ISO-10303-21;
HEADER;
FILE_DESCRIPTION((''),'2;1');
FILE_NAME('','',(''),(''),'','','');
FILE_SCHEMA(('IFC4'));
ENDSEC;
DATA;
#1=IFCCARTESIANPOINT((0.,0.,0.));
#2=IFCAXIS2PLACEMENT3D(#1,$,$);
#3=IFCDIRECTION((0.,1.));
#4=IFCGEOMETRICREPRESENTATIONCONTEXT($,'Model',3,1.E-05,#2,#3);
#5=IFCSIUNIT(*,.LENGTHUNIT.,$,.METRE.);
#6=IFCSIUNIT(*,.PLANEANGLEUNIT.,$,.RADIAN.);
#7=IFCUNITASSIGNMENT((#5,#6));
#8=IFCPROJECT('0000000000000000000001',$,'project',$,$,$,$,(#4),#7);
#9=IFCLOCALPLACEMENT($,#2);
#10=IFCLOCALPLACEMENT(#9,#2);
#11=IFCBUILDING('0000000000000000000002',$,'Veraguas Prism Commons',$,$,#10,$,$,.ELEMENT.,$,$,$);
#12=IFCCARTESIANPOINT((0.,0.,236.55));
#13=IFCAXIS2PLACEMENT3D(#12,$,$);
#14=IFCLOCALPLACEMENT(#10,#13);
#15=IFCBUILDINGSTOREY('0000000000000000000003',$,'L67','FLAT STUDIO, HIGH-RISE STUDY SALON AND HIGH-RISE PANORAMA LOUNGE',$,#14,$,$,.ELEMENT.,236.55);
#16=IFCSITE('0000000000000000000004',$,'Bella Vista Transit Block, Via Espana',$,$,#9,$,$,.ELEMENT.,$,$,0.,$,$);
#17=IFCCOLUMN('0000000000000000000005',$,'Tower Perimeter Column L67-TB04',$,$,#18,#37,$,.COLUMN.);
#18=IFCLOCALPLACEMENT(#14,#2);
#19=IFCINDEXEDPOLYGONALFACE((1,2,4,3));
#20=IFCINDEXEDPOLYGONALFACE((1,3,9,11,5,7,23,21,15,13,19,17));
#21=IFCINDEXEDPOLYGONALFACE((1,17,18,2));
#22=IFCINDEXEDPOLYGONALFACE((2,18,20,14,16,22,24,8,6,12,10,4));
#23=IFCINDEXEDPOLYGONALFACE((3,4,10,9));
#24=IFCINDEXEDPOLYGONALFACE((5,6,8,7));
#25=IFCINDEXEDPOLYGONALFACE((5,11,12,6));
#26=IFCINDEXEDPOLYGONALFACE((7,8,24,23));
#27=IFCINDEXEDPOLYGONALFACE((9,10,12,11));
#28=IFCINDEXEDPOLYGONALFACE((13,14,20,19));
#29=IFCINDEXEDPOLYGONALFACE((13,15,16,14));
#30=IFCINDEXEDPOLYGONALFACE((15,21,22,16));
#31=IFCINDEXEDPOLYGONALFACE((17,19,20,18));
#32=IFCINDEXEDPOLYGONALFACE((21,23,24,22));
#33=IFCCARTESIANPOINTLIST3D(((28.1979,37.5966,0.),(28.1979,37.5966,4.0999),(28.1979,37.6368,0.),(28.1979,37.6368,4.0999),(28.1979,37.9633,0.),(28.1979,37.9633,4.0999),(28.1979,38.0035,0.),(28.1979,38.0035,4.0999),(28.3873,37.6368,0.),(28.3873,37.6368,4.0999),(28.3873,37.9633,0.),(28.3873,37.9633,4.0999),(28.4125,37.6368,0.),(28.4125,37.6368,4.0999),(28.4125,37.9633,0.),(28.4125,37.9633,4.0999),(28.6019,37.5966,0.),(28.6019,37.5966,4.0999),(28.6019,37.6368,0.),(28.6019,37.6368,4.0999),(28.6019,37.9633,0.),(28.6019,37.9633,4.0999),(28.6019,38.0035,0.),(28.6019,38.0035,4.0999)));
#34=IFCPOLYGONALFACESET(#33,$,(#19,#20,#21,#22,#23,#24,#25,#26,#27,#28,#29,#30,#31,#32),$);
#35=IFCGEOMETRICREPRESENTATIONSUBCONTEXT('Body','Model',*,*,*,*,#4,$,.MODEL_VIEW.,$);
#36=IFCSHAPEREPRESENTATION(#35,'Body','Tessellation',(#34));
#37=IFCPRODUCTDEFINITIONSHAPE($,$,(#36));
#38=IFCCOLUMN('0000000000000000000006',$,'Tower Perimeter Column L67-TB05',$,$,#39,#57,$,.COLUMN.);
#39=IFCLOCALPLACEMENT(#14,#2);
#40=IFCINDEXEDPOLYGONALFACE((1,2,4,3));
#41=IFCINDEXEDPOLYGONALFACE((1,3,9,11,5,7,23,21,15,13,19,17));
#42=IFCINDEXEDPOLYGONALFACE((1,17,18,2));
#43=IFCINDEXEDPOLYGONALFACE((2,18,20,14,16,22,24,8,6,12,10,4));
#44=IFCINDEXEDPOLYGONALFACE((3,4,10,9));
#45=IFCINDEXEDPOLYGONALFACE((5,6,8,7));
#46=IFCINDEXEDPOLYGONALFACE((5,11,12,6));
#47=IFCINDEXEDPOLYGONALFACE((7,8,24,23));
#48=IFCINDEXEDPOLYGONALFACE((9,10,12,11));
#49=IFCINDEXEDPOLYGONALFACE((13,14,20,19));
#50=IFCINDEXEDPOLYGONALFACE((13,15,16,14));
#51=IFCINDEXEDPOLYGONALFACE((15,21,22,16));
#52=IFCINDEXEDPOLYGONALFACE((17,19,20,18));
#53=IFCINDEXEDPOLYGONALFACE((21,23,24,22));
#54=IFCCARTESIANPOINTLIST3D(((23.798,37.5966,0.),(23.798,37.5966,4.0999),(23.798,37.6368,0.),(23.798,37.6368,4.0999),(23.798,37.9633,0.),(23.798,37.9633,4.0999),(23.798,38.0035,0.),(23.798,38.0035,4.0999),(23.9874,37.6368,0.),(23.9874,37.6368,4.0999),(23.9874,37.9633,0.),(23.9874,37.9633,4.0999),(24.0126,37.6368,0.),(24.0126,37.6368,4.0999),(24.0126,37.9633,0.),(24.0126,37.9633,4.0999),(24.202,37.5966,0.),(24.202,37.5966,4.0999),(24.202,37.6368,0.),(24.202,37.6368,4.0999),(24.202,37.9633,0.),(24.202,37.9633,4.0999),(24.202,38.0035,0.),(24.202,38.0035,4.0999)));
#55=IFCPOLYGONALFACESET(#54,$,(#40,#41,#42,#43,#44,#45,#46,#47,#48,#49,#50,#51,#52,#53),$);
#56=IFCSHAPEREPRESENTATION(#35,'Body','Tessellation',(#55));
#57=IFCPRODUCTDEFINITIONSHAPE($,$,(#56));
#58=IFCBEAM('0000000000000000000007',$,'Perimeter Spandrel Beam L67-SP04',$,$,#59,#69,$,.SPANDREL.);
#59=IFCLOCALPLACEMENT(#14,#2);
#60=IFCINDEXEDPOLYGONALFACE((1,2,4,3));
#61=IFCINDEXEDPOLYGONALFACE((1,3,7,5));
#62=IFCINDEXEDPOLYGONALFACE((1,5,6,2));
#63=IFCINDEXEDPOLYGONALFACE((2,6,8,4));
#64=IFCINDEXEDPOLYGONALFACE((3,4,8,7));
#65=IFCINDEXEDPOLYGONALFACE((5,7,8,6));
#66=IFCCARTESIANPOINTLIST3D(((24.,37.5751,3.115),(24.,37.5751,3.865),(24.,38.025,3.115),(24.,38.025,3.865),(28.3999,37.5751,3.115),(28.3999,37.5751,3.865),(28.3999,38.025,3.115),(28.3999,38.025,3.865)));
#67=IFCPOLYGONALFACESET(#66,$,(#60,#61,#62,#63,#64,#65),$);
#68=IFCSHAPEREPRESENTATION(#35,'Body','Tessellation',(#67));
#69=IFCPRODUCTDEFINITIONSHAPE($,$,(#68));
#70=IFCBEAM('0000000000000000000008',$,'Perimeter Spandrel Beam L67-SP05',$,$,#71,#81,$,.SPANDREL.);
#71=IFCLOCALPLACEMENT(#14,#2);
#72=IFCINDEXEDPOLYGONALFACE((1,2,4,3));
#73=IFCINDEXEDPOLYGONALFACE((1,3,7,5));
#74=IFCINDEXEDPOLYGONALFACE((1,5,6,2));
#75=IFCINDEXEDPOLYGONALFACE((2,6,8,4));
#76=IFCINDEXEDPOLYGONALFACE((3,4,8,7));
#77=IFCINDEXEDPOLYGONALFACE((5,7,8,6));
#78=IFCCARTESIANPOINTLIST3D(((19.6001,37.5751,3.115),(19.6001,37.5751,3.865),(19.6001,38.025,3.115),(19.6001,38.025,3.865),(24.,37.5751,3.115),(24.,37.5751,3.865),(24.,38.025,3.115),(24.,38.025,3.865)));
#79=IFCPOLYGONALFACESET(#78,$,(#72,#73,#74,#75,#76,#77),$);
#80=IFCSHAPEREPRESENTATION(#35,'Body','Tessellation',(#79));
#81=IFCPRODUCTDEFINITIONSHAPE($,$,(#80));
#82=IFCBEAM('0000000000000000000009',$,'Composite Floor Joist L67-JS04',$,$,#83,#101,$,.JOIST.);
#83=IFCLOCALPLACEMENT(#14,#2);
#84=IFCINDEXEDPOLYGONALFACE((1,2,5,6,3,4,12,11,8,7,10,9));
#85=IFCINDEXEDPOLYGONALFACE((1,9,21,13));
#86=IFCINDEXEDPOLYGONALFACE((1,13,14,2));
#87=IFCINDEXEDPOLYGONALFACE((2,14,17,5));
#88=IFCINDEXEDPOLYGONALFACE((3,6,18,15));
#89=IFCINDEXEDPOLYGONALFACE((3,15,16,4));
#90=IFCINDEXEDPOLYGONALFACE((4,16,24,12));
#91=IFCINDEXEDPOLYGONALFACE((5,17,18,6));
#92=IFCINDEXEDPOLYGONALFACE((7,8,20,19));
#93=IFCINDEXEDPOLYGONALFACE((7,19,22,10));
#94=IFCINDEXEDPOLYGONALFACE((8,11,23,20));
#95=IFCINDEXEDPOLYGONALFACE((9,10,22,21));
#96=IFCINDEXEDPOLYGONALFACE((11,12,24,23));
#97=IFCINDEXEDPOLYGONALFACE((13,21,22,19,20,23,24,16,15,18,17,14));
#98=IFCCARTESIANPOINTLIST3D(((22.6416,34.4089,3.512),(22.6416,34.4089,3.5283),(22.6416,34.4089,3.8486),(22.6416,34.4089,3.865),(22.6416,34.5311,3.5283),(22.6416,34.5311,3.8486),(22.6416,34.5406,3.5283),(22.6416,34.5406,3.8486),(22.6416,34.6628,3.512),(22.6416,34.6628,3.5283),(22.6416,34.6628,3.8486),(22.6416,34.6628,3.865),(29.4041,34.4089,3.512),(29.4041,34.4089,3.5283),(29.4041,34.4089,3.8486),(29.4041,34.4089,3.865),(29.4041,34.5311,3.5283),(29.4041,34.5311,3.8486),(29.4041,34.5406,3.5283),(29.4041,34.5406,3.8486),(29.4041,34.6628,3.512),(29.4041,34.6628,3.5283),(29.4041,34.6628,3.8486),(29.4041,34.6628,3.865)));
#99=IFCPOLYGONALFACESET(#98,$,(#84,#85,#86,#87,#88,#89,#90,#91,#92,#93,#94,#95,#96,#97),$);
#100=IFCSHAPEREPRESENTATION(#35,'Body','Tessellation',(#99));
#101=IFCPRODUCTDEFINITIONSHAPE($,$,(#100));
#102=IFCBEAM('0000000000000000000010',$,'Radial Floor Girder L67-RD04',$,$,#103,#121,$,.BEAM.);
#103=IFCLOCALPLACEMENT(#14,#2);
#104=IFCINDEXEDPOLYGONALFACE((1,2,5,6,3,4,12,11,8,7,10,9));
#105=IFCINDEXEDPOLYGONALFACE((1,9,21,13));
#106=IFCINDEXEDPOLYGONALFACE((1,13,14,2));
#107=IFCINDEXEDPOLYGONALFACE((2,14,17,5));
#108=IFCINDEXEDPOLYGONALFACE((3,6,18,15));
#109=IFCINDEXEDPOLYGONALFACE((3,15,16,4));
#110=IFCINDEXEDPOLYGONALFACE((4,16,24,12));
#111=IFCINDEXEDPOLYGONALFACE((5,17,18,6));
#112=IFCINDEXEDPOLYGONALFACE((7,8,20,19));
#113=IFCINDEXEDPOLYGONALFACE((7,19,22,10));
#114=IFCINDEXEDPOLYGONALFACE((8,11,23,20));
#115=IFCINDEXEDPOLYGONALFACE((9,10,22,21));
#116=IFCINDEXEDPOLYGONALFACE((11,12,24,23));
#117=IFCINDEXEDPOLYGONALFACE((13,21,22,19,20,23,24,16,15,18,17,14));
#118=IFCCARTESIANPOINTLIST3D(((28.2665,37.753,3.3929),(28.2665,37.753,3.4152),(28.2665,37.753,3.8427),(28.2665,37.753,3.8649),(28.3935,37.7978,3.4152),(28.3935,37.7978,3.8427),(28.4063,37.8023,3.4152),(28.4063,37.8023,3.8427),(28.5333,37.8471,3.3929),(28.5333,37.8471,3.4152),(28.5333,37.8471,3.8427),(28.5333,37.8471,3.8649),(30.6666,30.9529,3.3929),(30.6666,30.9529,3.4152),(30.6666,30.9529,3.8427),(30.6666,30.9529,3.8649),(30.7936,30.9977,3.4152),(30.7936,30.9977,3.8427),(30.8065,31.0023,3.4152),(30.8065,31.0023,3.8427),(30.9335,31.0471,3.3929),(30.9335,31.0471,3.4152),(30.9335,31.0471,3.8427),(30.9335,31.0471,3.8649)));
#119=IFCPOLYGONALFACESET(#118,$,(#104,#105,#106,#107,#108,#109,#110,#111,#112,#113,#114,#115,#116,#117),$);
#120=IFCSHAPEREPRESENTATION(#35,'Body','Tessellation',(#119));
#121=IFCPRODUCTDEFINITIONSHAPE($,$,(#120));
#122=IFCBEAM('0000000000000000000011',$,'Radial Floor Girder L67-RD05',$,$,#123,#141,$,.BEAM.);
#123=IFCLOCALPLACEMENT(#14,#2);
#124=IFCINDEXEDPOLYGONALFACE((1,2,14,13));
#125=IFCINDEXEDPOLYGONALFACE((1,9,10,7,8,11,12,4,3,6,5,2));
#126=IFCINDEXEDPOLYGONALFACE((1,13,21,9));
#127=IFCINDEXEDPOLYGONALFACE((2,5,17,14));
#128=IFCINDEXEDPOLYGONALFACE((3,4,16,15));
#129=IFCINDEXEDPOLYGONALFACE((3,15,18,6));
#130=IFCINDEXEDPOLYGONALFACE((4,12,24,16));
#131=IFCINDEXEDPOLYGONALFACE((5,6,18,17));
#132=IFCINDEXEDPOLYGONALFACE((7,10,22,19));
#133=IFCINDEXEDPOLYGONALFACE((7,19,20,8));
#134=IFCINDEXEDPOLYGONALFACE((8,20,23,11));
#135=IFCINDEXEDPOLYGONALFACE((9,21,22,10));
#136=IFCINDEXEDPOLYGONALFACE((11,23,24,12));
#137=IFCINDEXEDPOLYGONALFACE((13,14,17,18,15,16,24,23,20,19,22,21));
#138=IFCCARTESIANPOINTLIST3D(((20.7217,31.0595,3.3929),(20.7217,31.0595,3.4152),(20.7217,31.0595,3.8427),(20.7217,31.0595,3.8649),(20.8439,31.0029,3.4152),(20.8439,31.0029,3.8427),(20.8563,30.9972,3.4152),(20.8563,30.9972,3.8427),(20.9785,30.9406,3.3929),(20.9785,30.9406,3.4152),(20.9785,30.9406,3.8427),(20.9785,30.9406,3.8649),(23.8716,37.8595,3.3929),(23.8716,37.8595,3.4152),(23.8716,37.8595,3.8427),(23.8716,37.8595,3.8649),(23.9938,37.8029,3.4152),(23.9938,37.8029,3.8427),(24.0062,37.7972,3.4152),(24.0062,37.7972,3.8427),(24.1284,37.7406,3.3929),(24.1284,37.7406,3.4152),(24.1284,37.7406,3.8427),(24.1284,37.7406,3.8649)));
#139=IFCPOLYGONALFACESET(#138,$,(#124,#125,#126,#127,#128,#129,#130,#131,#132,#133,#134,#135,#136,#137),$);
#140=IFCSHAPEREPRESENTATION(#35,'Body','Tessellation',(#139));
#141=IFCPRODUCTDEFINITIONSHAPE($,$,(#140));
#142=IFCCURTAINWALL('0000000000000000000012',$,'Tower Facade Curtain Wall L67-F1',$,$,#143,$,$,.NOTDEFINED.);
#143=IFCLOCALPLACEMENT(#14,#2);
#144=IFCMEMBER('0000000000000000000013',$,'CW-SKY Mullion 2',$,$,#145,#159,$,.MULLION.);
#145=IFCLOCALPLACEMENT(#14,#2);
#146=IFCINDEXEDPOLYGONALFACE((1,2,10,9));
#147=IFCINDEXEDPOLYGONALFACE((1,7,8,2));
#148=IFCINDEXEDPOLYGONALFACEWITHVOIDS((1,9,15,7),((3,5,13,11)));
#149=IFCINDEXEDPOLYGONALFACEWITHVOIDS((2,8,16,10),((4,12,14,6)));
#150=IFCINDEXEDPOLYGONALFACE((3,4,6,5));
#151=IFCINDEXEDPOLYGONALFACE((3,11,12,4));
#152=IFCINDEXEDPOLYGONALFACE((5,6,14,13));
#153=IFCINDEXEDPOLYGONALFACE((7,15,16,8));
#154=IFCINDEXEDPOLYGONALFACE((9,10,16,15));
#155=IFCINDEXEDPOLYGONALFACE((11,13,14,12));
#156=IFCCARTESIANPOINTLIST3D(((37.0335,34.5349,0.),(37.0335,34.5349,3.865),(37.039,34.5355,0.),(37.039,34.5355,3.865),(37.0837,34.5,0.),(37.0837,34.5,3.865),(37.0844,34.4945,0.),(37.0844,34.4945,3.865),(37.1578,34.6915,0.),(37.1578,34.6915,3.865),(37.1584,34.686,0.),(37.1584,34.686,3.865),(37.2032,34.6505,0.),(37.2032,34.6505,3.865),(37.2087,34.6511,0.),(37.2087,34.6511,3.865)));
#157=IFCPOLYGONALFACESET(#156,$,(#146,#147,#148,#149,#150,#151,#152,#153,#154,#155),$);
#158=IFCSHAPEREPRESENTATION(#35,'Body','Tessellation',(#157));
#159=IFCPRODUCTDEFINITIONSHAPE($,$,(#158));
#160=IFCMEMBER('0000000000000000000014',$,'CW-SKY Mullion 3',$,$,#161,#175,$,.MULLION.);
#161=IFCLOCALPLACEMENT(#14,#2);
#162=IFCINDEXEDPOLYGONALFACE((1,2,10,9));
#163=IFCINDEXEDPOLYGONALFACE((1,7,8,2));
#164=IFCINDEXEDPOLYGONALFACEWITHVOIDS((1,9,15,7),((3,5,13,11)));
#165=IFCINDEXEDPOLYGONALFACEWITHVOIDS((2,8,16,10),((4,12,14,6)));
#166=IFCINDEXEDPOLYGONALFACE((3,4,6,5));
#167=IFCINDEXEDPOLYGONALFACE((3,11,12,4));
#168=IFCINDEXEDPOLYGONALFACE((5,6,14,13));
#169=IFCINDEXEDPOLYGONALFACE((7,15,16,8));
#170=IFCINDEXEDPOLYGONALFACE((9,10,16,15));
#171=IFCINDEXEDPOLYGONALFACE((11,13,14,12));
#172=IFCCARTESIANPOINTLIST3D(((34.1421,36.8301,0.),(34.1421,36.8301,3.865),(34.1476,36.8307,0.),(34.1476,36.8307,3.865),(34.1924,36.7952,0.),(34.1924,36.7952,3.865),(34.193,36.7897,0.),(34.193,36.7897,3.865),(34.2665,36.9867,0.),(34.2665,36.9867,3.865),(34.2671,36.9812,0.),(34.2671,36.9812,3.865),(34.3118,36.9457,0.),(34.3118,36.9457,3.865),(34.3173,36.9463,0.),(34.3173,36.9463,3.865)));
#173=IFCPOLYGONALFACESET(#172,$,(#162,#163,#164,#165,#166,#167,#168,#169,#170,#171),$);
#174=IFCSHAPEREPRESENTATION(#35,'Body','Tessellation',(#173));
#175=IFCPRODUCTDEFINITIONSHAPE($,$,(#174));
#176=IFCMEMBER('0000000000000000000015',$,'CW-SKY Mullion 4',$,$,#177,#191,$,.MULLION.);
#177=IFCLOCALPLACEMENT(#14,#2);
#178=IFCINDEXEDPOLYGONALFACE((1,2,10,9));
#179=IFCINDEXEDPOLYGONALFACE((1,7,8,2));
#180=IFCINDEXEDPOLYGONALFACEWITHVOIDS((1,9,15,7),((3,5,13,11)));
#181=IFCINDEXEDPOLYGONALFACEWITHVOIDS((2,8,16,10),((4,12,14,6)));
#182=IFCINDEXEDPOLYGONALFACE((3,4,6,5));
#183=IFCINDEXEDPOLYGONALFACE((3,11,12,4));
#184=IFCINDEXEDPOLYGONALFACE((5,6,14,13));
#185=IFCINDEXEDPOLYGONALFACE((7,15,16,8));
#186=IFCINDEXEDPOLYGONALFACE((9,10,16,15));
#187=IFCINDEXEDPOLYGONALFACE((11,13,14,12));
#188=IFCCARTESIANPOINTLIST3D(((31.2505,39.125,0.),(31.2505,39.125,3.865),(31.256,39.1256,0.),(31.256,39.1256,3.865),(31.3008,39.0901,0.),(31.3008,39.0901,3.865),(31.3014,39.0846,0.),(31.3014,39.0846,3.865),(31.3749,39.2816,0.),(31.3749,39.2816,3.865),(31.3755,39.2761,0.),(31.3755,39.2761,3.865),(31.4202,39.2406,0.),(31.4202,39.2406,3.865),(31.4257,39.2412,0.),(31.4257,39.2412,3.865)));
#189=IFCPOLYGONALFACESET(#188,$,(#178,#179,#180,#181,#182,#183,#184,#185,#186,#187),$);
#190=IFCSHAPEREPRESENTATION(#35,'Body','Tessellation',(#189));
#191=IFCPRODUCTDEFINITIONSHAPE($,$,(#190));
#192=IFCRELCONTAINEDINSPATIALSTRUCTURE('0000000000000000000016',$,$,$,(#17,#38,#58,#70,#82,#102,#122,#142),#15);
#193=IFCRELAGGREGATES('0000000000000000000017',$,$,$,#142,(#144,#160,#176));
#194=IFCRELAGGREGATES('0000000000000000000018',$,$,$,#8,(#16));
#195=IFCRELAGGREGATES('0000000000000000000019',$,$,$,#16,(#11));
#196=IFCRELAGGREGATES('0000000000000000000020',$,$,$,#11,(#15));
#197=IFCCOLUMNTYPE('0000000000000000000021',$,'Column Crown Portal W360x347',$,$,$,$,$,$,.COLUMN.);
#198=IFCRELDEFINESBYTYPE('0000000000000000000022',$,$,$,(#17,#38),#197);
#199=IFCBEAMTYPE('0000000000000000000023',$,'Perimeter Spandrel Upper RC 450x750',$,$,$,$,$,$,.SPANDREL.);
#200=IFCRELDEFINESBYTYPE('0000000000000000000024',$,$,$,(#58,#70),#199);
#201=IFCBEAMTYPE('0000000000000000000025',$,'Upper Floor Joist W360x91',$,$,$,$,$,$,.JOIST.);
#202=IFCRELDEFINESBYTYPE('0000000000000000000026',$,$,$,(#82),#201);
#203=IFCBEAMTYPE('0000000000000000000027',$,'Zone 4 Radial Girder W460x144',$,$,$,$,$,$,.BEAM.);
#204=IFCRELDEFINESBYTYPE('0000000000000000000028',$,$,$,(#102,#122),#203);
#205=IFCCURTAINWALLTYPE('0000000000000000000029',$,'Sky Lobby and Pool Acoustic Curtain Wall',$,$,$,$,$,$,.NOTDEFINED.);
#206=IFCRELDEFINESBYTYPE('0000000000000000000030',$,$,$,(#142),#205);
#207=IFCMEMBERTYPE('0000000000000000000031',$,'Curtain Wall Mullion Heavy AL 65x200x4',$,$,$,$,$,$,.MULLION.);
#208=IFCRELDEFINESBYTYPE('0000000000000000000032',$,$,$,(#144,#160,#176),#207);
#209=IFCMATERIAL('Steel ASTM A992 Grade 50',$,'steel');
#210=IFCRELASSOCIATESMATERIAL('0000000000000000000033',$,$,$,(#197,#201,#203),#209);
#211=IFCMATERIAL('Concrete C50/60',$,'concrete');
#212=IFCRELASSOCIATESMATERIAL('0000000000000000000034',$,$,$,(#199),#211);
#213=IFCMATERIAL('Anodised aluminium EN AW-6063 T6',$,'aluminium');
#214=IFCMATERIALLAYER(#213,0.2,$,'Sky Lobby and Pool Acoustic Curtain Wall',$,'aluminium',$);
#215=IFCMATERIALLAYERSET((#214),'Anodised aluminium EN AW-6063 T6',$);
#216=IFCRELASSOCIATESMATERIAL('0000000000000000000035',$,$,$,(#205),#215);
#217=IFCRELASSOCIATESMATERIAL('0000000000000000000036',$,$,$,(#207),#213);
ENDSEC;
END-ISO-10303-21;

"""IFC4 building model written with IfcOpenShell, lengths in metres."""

from ifc_helpers import new_model, si_unit, direction, frame, origin, origin_2d, place, context, subcontext, project, spatial, rectangle, hollow_rectangle, i_section, extrude, source, transform, mapped, material, layer, layer_set, material_profile, profile_set, type_object, element, aggregate, save


model = new_model("IFC4")

# Units and contexts
model_context = context("Model", 3, precision=1e-05, world=origin(), true_north=direction((0.0, 1.0)))
body_context = subcontext(model_context, "Body", "Model", "MODEL_VIEW")
ifc_project = project(units=[si_unit("LENGTHUNIT", "METRE"), si_unit("PLANEANGLEUNIT", "RADIAN")], contexts=[model_context])

# Site, building, storey
site_placement = place(None, origin())
site = spatial("IfcSite", under=ifc_project, at=site_placement, Name="Bella Vista Transit Block, Via Espana", CompositionType="ELEMENT", RefElevation=0.0)
building_placement = place(site_placement, origin())
building = spatial("IfcBuilding", under=site, at=building_placement, Name="Veraguas Prism Commons", CompositionType="ELEMENT")
storey_placement = place(building_placement, frame((0.0, 0.0, 236.55)))
storey = spatial("IfcBuildingStorey", under=building, at=storey_placement, Name="L67", Description="FLAT STUDIO, HIGH-RISE STUDY SALON AND HIGH-RISE PANORAMA LOUNGE", CompositionType="ELEMENT", Elevation=236.55)

# Columns
ifc_material_1 = material(Name="Steel ASTM A992 Grade 50", Category="steel")
ifc_material_profile_1 = material_profile(ifc_material_1, i_section(OverallWidth=0.4041, OverallDepth=0.407, WebThickness=0.0251, FlangeThickness=0.0403, at=origin_2d()), Name="W360X347")
ifc_profile_set_1 = profile_set([ifc_material_profile_1], Name="Steel ASTM A992 Grade 50")
column_type = type_object("IfcColumnType", Name="Column Crown Portal W360x347", PredefinedType="COLUMN", material=ifc_profile_set_1)
for number, where, z_axis, x_axis, name in (
    (1, (28.3999, 37.8, 0.0), (0.0, 0.0, 1.0), (1.0, 0.0, 0.0), "Tower Perimeter Column L67-TB04"),
    (2, (24.0, 37.8, 0.0), (0.0, 0.0, 1.0), (1.0, 0.0, 0.0), "Tower Perimeter Column L67-TB05"),
):
    element("IfcColumn", number, at=place(storey_placement, frame(where, z_axis=z_axis, x_axis=x_axis)), inside=storey, type_object=column_type, Name=name, PredefinedType="COLUMN", context=body_context, shape_type="SweptSolid", body=[
        extrude(i_section(OverallWidth=0.4041, OverallDepth=0.407, WebThickness=0.0251, FlangeThickness=0.0403, at=origin_2d()), origin(), (0.0, 0.0, 1.0), 4.0999),
    ])

# Beams
ifc_material_2 = material(Name="Concrete C50/60", Category="concrete")
ifc_material_profile_2 = material_profile(ifc_material_2, rectangle(XDim=0.45, YDim=0.75, at=origin_2d()), Name="RC450X750")
ifc_profile_set_2 = profile_set([ifc_material_profile_2], Name="Concrete C50/60")
beam_type_1 = type_object("IfcBeamType", Name="Perimeter Spandrel Upper RC 450x750", PredefinedType="SPANDREL", material=ifc_profile_set_2)
for number, where, z_axis, x_axis, name in (
    (3, (28.3999, 37.8, 3.49), (-1.0, 0.0, 0.0), (0.0, -1.0, 0.0), "Perimeter Spandrel Beam L67-SP04"),
    (4, (24.0, 37.8, 3.49), (-1.0, 0.0, 0.0), (0.0, -1.0, 0.0), "Perimeter Spandrel Beam L67-SP05"),
):
    element("IfcBeam", number, at=place(storey_placement, frame(where, z_axis=z_axis, x_axis=x_axis)), inside=storey, type_object=beam_type_1, Name=name, PredefinedType="SPANDREL", context=body_context, shape_type="SweptSolid", body=[
        extrude(rectangle(XDim=0.45, YDim=0.75, at=origin_2d()), origin(), (0.0, 0.0, 1.0), 4.3999),
    ])
ifc_material_profile_3 = material_profile(ifc_material_1, i_section(OverallWidth=0.2539, OverallDepth=0.353, WebThickness=0.0095, FlangeThickness=0.0164, at=origin_2d()), Name="W360X91")
ifc_profile_set_3 = profile_set([ifc_material_profile_3], Name="Steel ASTM A992 Grade 50")
beam_type_2 = type_object("IfcBeamType", Name="Upper Floor Joist W360x91", PredefinedType="JOIST", material=ifc_profile_set_3)
beam_1_placement = place(storey_placement, frame((29.4041, 34.5359, 3.6885), z_axis=(-1.0, 0.0, 0.0), x_axis=(0.0, -1.0, 0.0)))
element("IfcBeam", 5, at=beam_1_placement, inside=storey, type_object=beam_type_2, Name="Composite Floor Joist L67-JS04", PredefinedType="JOIST", context=body_context, shape_type="SweptSolid", body=[
    extrude(i_section(OverallWidth=0.2539, OverallDepth=0.353, WebThickness=0.0095, FlangeThickness=0.0164, at=origin_2d()), origin(), (0.0, 0.0, 1.0), 6.7625),
])
ifc_material_profile_4 = material_profile(ifc_material_1, i_section(OverallWidth=0.283, OverallDepth=0.4719, WebThickness=0.0137, FlangeThickness=0.0222, at=origin_2d()), Name="W460X144")
ifc_profile_set_4 = profile_set([ifc_material_profile_4], Name="Steel ASTM A992 Grade 50")
beam_type_3 = type_object("IfcBeamType", Name="Zone 4 Radial Girder W460x144", PredefinedType="BEAM", material=ifc_profile_set_4)
beam_2_placement = place(storey_placement, frame((28.3999, 37.8, 3.6289), z_axis=(0.332836, -0.942985, 0.0), x_axis=(0.942985, 0.332836, 0.0)))
element("IfcBeam", 6, at=beam_2_placement, inside=storey, type_object=beam_type_3, Name="Radial Floor Girder L67-RD04", PredefinedType="BEAM", context=body_context, shape_type="SweptSolid", body=[
    extrude(i_section(OverallWidth=0.283, OverallDepth=0.4719, WebThickness=0.0137, FlangeThickness=0.0222, at=origin_2d()), origin(), (0.0, 0.0, 1.0), 7.2112),
])
beam_3_placement = place(storey_placement, frame((24.0, 37.8, 3.6289), z_axis=(-0.420314, -0.907379, 0.0), x_axis=(0.907379, -0.420314, 0.0)))
element("IfcBeam", 7, at=beam_3_placement, inside=storey, type_object=beam_type_3, Name="Radial Floor Girder L67-RD05", PredefinedType="BEAM", context=body_context, shape_type="SweptSolid", body=[
    extrude(i_section(OverallWidth=0.283, OverallDepth=0.4719, WebThickness=0.0137, FlangeThickness=0.0222, at=origin_2d()), origin(), (0.0, 0.0, 1.0), 7.4941),
])

# Curtain wall, members
ifc_material_3 = material(Name="Anodised aluminium EN AW-6063 T6", Category="aluminium")
ifc_layer_1 = layer(ifc_material_3, 0.2, Name="Sky Lobby and Pool Acoustic Curtain Wall", Category="aluminium")
ifc_layer_set_1 = layer_set([ifc_layer_1], Name="Anodised aluminium EN AW-6063 T6")
curtain_wall_type = type_object("IfcCurtainWallType", Name="Sky Lobby and Pool Acoustic Curtain Wall", PredefinedType="NOTDEFINED", material=ifc_layer_set_1)
curtain_wall_1_placement = place(storey_placement, origin())
curtain_wall_1 = element("IfcCurtainWall", 8, at=curtain_wall_1_placement, inside=storey, type_object=curtain_wall_type, Name="Tower Facade Curtain Wall L67-F1", PredefinedType="NOTDEFINED")
ifc_material_profile_5 = material_profile(ifc_material_3, hollow_rectangle(XDim=0.0649, YDim=0.2, WallThickness=0.0039, at=origin_2d()), Name="AL65X200X4")
ifc_profile_set_5 = profile_set([ifc_material_profile_5], Name="Anodised aluminium EN AW-6063 T6")
member_type_1 = type_object("IfcMemberType", Name="Curtain Wall Mullion Heavy AL 65x200x4", PredefinedType="MULLION", material=ifc_profile_set_5)
shared_shape_1 = source(origin(), body_context, "Body", "SweptSolid", [
    extrude(hollow_rectangle(XDim=0.0649, YDim=0.2, WallThickness=0.0039, at=origin_2d()), origin(), (0.0, 0.0, 1.0), 3.865),
])
member_1_placement = place(storey_placement, frame((37.1211, 34.593, 0.0), z_axis=(0.0, 0.0, 1.0), x_axis=(-0.783259, 0.621696, 0.0)))
member_1 = element("IfcMember", 9, at=member_1_placement, type_object=member_type_1, Name="CW-SKY Mullion 2", PredefinedType="MULLION", context=body_context, shape_type="MappedRepresentation", body=[
    mapped(shared_shape_1, transform((0.0, 0.0, 0.0), scale=1.0)),
])
member_2_placement = place(storey_placement, frame((34.2297, 36.8882, 0.0), z_axis=(0.0, 0.0, 1.0), x_axis=(-0.783259, 0.621696, 0.0)))
member_2 = element("IfcMember", 10, at=member_2_placement, type_object=member_type_1, Name="CW-SKY Mullion 3", PredefinedType="MULLION", context=body_context, shape_type="MappedRepresentation", body=[
    mapped(shared_shape_1, transform((0.0, 0.0, 0.0), scale=1.0)),
])
member_3_placement = place(storey_placement, frame((31.3381, 39.1831, 0.0), z_axis=(0.0, 0.0, 1.0), x_axis=(-0.783259, 0.621696, 0.0)))
member_3 = element("IfcMember", 11, at=member_3_placement, type_object=member_type_1, Name="CW-SKY Mullion 4", PredefinedType="MULLION", context=body_context, shape_type="MappedRepresentation", body=[
    mapped(shared_shape_1, transform((0.0, 0.0, 0.0), scale=1.0)),
])

aggregate(curtain_wall_1, [member_1, member_2, member_3])

save(model, "model.ifc")
